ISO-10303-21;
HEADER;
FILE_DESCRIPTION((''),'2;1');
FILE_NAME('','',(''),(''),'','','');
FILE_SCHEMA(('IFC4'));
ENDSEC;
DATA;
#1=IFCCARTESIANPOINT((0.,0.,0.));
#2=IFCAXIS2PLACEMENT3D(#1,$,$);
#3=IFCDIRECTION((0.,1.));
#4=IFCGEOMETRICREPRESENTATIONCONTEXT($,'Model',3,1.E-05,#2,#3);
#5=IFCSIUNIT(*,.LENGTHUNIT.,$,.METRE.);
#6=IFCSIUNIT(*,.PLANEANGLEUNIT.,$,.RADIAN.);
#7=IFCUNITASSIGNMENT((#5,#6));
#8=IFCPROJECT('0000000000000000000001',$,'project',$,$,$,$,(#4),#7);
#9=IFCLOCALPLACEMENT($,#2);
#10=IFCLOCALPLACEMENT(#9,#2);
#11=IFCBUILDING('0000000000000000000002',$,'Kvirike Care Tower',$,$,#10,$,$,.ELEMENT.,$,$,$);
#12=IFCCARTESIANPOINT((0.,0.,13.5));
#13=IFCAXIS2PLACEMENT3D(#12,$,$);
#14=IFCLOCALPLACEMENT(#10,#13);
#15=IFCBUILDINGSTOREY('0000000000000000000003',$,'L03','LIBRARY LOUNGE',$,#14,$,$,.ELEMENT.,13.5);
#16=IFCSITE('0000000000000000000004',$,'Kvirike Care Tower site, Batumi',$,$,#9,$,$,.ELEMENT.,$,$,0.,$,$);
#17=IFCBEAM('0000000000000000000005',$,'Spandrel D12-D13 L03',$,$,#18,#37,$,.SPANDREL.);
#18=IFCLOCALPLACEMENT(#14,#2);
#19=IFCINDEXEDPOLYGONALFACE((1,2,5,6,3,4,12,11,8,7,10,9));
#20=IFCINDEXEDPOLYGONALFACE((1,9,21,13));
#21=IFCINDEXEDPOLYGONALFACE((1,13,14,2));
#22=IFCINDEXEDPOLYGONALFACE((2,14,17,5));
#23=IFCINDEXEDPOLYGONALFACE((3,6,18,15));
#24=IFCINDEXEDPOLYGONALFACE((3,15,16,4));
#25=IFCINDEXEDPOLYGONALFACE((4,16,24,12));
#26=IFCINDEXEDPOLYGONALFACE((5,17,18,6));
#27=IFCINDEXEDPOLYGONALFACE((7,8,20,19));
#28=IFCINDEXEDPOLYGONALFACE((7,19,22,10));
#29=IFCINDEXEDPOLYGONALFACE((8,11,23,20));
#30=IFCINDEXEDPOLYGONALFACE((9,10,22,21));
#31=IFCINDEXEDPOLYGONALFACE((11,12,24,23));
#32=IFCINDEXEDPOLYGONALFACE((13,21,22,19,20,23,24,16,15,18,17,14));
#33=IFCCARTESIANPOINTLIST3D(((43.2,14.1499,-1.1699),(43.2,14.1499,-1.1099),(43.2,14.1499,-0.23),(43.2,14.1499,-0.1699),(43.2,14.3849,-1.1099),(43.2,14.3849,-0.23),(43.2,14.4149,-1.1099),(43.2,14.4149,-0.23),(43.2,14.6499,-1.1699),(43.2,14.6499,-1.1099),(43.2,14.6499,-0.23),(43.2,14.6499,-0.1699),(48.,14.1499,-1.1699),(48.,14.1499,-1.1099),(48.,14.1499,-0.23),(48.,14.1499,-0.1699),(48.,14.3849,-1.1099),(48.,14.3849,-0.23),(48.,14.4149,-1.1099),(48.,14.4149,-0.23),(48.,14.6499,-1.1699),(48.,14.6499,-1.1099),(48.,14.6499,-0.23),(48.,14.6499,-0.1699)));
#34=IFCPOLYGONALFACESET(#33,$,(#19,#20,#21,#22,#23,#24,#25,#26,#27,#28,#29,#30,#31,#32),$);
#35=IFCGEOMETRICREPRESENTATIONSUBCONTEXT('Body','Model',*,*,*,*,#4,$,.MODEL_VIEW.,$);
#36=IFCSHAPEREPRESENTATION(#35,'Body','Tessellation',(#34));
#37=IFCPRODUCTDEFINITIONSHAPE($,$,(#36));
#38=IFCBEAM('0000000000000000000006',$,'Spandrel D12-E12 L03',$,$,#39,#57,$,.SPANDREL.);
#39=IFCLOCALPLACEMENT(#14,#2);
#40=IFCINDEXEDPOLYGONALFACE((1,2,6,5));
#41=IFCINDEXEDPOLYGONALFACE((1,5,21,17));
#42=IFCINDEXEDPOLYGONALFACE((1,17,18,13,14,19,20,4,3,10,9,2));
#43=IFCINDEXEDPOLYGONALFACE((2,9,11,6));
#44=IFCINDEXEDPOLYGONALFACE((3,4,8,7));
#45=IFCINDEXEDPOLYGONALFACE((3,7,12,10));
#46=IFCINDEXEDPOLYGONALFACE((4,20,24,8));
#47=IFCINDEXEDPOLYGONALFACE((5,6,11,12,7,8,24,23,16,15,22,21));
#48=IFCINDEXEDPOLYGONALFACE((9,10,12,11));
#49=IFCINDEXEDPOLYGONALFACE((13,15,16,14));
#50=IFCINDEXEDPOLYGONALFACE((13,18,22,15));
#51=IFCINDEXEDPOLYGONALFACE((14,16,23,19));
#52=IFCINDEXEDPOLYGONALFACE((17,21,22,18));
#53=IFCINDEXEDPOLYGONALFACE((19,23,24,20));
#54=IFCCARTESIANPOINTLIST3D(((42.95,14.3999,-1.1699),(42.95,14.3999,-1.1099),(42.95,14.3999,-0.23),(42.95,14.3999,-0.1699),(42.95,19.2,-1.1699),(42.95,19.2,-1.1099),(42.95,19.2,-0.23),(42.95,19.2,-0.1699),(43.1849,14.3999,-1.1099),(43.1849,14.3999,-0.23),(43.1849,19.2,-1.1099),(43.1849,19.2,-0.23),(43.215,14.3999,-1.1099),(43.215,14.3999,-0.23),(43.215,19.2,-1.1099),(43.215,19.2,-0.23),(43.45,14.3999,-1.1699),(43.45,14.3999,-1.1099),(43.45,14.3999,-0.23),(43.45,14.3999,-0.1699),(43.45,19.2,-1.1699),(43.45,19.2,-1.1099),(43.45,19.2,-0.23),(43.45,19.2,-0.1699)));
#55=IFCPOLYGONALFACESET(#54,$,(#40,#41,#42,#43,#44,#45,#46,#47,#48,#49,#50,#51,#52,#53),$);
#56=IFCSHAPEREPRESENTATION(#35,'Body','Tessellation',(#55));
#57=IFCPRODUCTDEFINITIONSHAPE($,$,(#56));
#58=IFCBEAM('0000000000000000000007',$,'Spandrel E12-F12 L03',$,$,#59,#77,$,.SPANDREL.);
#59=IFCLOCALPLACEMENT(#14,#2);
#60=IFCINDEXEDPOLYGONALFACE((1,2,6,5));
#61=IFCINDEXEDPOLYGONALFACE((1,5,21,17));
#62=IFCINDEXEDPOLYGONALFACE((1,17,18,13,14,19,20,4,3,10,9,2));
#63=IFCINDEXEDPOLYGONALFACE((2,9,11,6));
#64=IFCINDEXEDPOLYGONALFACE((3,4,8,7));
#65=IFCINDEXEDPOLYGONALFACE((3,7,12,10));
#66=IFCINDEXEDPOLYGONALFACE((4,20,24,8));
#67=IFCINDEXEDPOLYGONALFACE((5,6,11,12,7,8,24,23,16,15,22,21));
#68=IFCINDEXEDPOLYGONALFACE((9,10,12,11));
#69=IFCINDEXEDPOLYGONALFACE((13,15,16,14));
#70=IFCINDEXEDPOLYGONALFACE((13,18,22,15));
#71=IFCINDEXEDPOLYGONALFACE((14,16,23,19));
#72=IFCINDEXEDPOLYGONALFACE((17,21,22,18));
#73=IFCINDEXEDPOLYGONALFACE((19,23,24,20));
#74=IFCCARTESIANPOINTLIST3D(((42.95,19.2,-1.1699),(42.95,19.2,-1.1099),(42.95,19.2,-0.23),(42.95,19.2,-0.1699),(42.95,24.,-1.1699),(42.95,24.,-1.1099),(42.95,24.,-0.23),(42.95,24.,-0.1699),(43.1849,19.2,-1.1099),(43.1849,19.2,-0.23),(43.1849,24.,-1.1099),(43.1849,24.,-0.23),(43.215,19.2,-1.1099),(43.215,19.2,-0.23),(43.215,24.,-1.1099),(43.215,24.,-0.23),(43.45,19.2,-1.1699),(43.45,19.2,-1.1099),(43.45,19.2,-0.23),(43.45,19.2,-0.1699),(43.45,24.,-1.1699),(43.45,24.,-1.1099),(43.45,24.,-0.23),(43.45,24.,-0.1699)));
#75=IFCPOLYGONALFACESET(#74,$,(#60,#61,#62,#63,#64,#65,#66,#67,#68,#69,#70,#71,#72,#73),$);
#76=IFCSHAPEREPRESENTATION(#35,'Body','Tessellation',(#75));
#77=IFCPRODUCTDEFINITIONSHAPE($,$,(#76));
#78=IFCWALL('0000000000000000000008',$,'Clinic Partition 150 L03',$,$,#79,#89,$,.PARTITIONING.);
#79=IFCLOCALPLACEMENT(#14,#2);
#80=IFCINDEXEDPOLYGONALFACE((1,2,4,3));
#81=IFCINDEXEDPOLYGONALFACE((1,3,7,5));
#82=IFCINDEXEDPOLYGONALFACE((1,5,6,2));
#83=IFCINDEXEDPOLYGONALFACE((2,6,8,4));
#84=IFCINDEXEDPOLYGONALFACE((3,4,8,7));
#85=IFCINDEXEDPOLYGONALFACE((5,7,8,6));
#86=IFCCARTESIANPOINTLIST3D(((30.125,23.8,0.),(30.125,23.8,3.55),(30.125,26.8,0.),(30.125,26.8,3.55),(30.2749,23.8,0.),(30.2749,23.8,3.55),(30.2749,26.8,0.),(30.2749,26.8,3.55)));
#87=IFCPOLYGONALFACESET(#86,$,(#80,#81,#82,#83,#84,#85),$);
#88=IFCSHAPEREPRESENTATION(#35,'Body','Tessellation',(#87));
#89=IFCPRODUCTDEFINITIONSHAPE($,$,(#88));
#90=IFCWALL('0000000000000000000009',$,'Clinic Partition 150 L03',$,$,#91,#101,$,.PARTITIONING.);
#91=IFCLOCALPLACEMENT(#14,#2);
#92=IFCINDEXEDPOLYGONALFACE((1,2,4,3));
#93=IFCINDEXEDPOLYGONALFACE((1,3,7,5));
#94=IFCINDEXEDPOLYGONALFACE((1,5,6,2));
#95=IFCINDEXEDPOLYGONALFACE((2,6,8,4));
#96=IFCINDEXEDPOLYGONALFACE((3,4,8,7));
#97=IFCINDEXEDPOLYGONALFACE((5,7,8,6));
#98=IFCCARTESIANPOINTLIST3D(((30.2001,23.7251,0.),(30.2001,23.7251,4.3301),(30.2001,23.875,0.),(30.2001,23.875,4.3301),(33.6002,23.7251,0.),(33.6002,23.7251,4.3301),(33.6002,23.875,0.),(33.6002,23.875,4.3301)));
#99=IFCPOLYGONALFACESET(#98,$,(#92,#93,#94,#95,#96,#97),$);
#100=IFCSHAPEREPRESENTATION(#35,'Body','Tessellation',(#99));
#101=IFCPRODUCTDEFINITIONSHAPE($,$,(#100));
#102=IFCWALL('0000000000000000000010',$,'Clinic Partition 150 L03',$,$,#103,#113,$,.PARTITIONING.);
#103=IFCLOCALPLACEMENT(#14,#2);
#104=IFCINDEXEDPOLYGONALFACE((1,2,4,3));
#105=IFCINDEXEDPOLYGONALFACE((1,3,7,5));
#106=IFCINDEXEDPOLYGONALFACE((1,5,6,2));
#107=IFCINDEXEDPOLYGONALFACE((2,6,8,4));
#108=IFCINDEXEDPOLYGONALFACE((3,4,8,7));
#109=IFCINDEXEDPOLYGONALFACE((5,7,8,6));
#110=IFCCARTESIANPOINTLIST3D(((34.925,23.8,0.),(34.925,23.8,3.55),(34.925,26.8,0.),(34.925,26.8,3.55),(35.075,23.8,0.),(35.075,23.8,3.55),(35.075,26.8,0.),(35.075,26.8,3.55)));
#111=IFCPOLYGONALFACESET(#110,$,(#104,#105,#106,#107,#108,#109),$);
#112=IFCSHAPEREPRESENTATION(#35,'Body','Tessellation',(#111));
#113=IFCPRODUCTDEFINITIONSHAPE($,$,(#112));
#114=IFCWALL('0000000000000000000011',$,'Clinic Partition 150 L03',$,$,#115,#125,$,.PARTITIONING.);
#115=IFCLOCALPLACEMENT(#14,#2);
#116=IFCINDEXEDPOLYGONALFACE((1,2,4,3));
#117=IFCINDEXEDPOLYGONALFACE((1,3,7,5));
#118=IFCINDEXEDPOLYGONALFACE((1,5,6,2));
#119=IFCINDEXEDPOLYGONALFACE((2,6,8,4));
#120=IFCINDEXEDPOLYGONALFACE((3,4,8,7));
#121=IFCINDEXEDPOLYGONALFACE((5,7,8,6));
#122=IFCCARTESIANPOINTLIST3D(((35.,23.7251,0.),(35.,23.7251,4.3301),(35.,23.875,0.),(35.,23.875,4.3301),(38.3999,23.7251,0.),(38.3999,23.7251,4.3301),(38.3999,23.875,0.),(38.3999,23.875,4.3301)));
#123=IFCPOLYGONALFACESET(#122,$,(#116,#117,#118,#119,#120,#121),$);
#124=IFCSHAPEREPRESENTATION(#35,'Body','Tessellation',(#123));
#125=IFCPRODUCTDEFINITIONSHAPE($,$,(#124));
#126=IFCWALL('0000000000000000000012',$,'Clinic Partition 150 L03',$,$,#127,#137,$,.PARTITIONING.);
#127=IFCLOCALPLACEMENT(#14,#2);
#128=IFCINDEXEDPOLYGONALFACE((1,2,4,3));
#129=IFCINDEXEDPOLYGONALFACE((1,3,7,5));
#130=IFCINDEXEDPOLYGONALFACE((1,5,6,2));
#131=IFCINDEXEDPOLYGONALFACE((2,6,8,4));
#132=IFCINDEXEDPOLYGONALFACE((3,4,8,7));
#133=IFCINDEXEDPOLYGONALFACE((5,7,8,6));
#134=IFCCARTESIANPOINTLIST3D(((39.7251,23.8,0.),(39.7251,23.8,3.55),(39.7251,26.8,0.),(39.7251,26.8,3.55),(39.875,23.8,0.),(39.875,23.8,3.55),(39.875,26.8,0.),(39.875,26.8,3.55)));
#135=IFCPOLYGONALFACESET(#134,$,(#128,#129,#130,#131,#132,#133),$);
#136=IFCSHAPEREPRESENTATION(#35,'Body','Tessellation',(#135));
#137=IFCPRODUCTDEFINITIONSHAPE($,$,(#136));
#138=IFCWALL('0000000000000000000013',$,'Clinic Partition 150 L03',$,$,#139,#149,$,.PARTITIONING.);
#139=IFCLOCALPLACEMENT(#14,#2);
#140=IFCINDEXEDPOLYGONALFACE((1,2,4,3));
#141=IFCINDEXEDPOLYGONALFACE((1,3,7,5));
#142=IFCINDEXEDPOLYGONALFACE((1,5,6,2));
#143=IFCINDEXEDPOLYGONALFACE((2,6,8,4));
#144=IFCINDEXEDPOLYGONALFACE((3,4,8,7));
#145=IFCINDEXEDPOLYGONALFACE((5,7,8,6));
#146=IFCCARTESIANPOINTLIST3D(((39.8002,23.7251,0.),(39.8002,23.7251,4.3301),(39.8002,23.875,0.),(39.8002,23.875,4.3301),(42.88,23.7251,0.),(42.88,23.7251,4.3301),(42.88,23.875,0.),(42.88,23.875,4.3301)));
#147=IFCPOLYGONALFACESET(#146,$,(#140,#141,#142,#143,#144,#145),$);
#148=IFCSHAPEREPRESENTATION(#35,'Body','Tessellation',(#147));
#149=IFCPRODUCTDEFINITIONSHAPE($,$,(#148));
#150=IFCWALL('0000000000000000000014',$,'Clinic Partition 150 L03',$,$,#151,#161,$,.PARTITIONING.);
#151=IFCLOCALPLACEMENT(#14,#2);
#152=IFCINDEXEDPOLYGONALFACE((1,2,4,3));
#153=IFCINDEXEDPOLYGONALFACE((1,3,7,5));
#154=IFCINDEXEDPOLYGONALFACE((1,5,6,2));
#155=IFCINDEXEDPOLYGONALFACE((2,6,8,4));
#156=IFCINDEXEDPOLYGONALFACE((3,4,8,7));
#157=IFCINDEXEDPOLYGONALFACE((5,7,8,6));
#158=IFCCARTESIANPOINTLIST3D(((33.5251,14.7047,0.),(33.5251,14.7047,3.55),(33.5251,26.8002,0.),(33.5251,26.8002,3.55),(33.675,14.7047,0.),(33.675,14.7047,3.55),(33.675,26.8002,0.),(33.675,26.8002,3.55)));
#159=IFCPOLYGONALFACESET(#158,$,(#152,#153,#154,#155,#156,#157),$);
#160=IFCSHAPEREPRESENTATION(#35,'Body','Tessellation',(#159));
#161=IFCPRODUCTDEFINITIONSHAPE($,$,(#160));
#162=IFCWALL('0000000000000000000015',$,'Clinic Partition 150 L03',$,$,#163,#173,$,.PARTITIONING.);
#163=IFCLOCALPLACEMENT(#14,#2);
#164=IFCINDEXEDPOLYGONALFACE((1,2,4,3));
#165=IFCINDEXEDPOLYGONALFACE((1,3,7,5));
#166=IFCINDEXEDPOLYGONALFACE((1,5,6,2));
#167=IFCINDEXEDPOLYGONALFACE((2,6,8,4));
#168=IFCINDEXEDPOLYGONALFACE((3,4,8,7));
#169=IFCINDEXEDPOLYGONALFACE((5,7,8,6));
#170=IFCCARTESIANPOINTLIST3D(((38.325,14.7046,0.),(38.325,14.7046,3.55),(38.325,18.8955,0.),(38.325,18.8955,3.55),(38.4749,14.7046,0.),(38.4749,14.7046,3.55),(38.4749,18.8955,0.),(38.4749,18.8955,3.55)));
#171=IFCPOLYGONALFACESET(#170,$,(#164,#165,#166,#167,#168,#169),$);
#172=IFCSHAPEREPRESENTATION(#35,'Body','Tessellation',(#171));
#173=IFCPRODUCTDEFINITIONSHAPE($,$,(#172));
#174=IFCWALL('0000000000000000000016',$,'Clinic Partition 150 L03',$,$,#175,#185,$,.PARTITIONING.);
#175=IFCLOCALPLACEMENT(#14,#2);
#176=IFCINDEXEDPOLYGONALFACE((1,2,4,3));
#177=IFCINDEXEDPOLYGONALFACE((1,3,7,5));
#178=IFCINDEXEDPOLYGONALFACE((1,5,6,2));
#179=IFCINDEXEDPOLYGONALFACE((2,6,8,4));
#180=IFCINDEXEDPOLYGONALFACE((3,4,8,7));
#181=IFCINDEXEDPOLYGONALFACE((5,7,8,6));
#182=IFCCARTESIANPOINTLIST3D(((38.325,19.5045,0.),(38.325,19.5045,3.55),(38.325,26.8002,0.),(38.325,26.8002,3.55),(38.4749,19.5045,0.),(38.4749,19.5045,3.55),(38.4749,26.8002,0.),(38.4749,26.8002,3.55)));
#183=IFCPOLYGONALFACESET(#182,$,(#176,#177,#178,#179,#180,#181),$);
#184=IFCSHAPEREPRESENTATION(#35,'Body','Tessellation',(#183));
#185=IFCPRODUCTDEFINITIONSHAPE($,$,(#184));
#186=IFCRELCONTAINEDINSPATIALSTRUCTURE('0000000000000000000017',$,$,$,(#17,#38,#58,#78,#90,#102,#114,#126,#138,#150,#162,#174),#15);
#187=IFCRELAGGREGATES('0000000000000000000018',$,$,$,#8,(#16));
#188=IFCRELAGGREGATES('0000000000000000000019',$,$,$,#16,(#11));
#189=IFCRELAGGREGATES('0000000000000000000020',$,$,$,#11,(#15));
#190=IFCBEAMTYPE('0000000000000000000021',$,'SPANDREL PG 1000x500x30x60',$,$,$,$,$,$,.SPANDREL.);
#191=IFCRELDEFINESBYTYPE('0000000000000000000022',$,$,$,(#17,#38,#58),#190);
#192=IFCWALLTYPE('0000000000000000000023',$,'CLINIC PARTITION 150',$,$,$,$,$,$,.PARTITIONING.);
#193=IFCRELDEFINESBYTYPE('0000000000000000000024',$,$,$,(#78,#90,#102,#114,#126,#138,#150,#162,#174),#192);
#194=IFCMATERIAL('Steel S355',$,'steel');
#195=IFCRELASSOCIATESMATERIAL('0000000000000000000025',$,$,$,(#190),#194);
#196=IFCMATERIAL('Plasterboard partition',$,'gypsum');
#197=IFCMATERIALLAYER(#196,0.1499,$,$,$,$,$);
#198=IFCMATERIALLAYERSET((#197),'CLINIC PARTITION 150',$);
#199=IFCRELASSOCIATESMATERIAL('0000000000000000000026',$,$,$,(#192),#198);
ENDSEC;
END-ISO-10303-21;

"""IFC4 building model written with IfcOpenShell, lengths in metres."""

from ifc_helpers import new_model, si_unit, direction, frame, frame_2d, origin, origin_2d, place, context, subcontext, project, spatial, rectangle, i_section, extrude, material, layer, layer_set, material_profile, profile_set, type_object, element, save


model = new_model("IFC4")

# Units and contexts
model_context = context("Model", 3, precision=1e-05, world=origin(), true_north=direction((0.0, 1.0)))
body_context = subcontext(model_context, "Body", "Model", "MODEL_VIEW")
ifc_project = project(units=[si_unit("LENGTHUNIT", "METRE"), si_unit("PLANEANGLEUNIT", "RADIAN")], contexts=[model_context])

# Site, building, storey
site_placement = place(None, origin())
site = spatial("IfcSite", under=ifc_project, at=site_placement, Name="Kvirike Care Tower site, Batumi", CompositionType="ELEMENT", RefElevation=0.0)
building_placement = place(site_placement, origin())
building = spatial("IfcBuilding", under=site, at=building_placement, Name="Kvirike Care Tower", CompositionType="ELEMENT")
storey_placement = place(building_placement, frame((0.0, 0.0, 13.5)))
storey = spatial("IfcBuildingStorey", under=building, at=storey_placement, Name="L03", Description="LIBRARY LOUNGE", CompositionType="ELEMENT", Elevation=13.5)

# Beams
ifc_material_1 = material(Name="Steel S355", Category="steel")
ifc_material_profile_1 = material_profile(ifc_material_1, i_section(OverallWidth=0.5, OverallDepth=1.0, WebThickness=0.03, FlangeThickness=0.0601, at=origin_2d()), Name="PG 1000x500x30x60")
ifc_profile_set_1 = profile_set([ifc_material_profile_1], Name="Steel S355")
beam_type_1 = type_object("IfcBeamType", Name="SPANDREL PG 1000x500x30x60", PredefinedType="SPANDREL", material=ifc_profile_set_1)
for number, where, z_axis, x_axis, name in (
    (1, (43.2, 14.3999, -0.6699), (1.0, 0.0, 0.0), (0.0, 1.0, 0.0), "Spandrel D12-D13 L03"),
    (2, (43.2, 14.3999, -0.6699), (0.0, 1.0, 0.0), (-1.0, 0.0, 0.0), "Spandrel D12-E12 L03"),
    (3, (43.2, 19.2, -0.6699), (0.0, 1.0, 0.0), (-1.0, 0.0, 0.0), "Spandrel E12-F12 L03"),
):
    element("IfcBeam", number, at=place(storey_placement, frame(where, z_axis=z_axis, x_axis=x_axis)), inside=storey, type_object=beam_type_1, Name=name, PredefinedType="SPANDREL", context=body_context, shape_type="SweptSolid", body=[
        extrude(i_section(OverallWidth=0.5, OverallDepth=1.0, WebThickness=0.03, FlangeThickness=0.0601, at=origin_2d()), origin(), (0.0, 0.0, 1.0), 4.8),
    ])

# Walls
ifc_material_2 = material(Name="Plasterboard partition", Category="gypsum")
ifc_layer_1 = layer(ifc_material_2, 0.1499)
ifc_layer_set_1 = layer_set([ifc_layer_1], Name="CLINIC PARTITION 150")
wall_type_1 = type_object("IfcWallType", Name="CLINIC PARTITION 150", PredefinedType="PARTITIONING", material=ifc_layer_set_1)
wall_1_placement = place(storey_placement, frame((30.2, 23.8, 0.0), z_axis=(0.0, 0.0, 1.0), x_axis=(0.0, 1.0, 0.0)))
element("IfcWall", 4, at=wall_1_placement, inside=storey, type_object=wall_type_1, Name="Clinic Partition 150 L03", PredefinedType="PARTITIONING", context=body_context, shape_type="SweptSolid", body=[
    extrude(rectangle(XDim=3.0, YDim=0.1499, at=frame_2d((1.5, 0.0))), origin(), (0.0, 0.0, 1.0), 3.55),
])
wall_2_placement = place(storey_placement, frame((30.2, 23.8, 0.0), z_axis=(0.0, 0.0, 1.0), x_axis=(1.0, 0.0, 0.0)))
element("IfcWall", 5, at=wall_2_placement, inside=storey, type_object=wall_type_1, Name="Clinic Partition 150 L03", PredefinedType="PARTITIONING", context=body_context, shape_type="SweptSolid", body=[
    extrude(rectangle(XDim=3.4001, YDim=0.1499, at=frame_2d((1.7002, 0.0))), origin(), (0.0, 0.0, 1.0), 4.3301),
])
wall_3_placement = place(storey_placement, frame((35.0, 23.8, 0.0), z_axis=(0.0, 0.0, 1.0), x_axis=(0.0, 1.0, 0.0)))
element("IfcWall", 6, at=wall_3_placement, inside=storey, type_object=wall_type_1, Name="Clinic Partition 150 L03", PredefinedType="PARTITIONING", context=body_context, shape_type="SweptSolid", body=[
    extrude(rectangle(XDim=3.0, YDim=0.1499, at=frame_2d((1.5, 0.0))), origin(), (0.0, 0.0, 1.0), 3.55),
])
wall_4_placement = place(storey_placement, frame((35.0, 23.8, 0.0), z_axis=(0.0, 0.0, 1.0), x_axis=(1.0, 0.0, 0.0)))
element("IfcWall", 7, at=wall_4_placement, inside=storey, type_object=wall_type_1, Name="Clinic Partition 150 L03", PredefinedType="PARTITIONING", context=body_context, shape_type="SweptSolid", body=[
    extrude(rectangle(XDim=3.3999, YDim=0.1499, at=frame_2d((1.7, 0.0))), origin(), (0.0, 0.0, 1.0), 4.3301),
])
wall_5_placement = place(storey_placement, frame((39.8, 23.8, 0.0), z_axis=(0.0, 0.0, 1.0), x_axis=(0.0, 1.0, 0.0)))
element("IfcWall", 8, at=wall_5_placement, inside=storey, type_object=wall_type_1, Name="Clinic Partition 150 L03", PredefinedType="PARTITIONING", context=body_context, shape_type="SweptSolid", body=[
    extrude(rectangle(XDim=3.0, YDim=0.1499, at=frame_2d((1.5, 0.0))), origin(), (0.0, 0.0, 1.0), 3.55),
])
wall_6_placement = place(storey_placement, frame((39.8, 23.8, 0.0), z_axis=(0.0, 0.0, 1.0), x_axis=(1.0, 0.0, 0.0)))
element("IfcWall", 9, at=wall_6_placement, inside=storey, type_object=wall_type_1, Name="Clinic Partition 150 L03", PredefinedType="PARTITIONING", context=body_context, shape_type="SweptSolid", body=[
    extrude(rectangle(XDim=3.0798, YDim=0.1499, at=frame_2d((1.54, 0.0))), origin(), (0.0, 0.0, 1.0), 4.3301),
])
wall_7_placement = place(storey_placement, frame((33.6001, 14.7046, 0.0), z_axis=(0.0, 0.0, 1.0), x_axis=(0.0, 1.0, 0.0)))
element("IfcWall", 10, at=wall_7_placement, inside=storey, type_object=wall_type_1, Name="Clinic Partition 150 L03", PredefinedType="PARTITIONING", context=body_context, shape_type="SweptSolid", body=[
    extrude(rectangle(XDim=12.0955, YDim=0.1499, at=frame_2d((6.0479, 0.0))), origin(), (0.0, 0.0, 1.0), 3.55),
])
wall_8_placement = place(storey_placement, frame((38.3999, 14.7046, 0.0), z_axis=(0.0, 0.0, 1.0), x_axis=(0.0, 1.0, 0.0)))
element("IfcWall", 11, at=wall_8_placement, inside=storey, type_object=wall_type_1, Name="Clinic Partition 150 L03", PredefinedType="PARTITIONING", context=body_context, shape_type="SweptSolid", body=[
    extrude(rectangle(XDim=4.1909, YDim=0.1499, at=frame_2d((2.0955, 0.0))), origin(), (0.0, 0.0, 1.0), 3.55),
])
wall_9_placement = place(storey_placement, frame((38.3999, 19.5044, 0.0), z_axis=(0.0, 0.0, 1.0), x_axis=(0.0, 1.0, 0.0)))
element("IfcWall", 12, at=wall_9_placement, inside=storey, type_object=wall_type_1, Name="Clinic Partition 150 L03", PredefinedType="PARTITIONING", context=body_context, shape_type="SweptSolid", body=[
    extrude(rectangle(XDim=7.2957, YDim=0.1499, at=frame_2d((3.6479, 0.0))), origin(), (0.0, 0.0, 1.0), 3.55),
])

save(model, "model.ifc")
